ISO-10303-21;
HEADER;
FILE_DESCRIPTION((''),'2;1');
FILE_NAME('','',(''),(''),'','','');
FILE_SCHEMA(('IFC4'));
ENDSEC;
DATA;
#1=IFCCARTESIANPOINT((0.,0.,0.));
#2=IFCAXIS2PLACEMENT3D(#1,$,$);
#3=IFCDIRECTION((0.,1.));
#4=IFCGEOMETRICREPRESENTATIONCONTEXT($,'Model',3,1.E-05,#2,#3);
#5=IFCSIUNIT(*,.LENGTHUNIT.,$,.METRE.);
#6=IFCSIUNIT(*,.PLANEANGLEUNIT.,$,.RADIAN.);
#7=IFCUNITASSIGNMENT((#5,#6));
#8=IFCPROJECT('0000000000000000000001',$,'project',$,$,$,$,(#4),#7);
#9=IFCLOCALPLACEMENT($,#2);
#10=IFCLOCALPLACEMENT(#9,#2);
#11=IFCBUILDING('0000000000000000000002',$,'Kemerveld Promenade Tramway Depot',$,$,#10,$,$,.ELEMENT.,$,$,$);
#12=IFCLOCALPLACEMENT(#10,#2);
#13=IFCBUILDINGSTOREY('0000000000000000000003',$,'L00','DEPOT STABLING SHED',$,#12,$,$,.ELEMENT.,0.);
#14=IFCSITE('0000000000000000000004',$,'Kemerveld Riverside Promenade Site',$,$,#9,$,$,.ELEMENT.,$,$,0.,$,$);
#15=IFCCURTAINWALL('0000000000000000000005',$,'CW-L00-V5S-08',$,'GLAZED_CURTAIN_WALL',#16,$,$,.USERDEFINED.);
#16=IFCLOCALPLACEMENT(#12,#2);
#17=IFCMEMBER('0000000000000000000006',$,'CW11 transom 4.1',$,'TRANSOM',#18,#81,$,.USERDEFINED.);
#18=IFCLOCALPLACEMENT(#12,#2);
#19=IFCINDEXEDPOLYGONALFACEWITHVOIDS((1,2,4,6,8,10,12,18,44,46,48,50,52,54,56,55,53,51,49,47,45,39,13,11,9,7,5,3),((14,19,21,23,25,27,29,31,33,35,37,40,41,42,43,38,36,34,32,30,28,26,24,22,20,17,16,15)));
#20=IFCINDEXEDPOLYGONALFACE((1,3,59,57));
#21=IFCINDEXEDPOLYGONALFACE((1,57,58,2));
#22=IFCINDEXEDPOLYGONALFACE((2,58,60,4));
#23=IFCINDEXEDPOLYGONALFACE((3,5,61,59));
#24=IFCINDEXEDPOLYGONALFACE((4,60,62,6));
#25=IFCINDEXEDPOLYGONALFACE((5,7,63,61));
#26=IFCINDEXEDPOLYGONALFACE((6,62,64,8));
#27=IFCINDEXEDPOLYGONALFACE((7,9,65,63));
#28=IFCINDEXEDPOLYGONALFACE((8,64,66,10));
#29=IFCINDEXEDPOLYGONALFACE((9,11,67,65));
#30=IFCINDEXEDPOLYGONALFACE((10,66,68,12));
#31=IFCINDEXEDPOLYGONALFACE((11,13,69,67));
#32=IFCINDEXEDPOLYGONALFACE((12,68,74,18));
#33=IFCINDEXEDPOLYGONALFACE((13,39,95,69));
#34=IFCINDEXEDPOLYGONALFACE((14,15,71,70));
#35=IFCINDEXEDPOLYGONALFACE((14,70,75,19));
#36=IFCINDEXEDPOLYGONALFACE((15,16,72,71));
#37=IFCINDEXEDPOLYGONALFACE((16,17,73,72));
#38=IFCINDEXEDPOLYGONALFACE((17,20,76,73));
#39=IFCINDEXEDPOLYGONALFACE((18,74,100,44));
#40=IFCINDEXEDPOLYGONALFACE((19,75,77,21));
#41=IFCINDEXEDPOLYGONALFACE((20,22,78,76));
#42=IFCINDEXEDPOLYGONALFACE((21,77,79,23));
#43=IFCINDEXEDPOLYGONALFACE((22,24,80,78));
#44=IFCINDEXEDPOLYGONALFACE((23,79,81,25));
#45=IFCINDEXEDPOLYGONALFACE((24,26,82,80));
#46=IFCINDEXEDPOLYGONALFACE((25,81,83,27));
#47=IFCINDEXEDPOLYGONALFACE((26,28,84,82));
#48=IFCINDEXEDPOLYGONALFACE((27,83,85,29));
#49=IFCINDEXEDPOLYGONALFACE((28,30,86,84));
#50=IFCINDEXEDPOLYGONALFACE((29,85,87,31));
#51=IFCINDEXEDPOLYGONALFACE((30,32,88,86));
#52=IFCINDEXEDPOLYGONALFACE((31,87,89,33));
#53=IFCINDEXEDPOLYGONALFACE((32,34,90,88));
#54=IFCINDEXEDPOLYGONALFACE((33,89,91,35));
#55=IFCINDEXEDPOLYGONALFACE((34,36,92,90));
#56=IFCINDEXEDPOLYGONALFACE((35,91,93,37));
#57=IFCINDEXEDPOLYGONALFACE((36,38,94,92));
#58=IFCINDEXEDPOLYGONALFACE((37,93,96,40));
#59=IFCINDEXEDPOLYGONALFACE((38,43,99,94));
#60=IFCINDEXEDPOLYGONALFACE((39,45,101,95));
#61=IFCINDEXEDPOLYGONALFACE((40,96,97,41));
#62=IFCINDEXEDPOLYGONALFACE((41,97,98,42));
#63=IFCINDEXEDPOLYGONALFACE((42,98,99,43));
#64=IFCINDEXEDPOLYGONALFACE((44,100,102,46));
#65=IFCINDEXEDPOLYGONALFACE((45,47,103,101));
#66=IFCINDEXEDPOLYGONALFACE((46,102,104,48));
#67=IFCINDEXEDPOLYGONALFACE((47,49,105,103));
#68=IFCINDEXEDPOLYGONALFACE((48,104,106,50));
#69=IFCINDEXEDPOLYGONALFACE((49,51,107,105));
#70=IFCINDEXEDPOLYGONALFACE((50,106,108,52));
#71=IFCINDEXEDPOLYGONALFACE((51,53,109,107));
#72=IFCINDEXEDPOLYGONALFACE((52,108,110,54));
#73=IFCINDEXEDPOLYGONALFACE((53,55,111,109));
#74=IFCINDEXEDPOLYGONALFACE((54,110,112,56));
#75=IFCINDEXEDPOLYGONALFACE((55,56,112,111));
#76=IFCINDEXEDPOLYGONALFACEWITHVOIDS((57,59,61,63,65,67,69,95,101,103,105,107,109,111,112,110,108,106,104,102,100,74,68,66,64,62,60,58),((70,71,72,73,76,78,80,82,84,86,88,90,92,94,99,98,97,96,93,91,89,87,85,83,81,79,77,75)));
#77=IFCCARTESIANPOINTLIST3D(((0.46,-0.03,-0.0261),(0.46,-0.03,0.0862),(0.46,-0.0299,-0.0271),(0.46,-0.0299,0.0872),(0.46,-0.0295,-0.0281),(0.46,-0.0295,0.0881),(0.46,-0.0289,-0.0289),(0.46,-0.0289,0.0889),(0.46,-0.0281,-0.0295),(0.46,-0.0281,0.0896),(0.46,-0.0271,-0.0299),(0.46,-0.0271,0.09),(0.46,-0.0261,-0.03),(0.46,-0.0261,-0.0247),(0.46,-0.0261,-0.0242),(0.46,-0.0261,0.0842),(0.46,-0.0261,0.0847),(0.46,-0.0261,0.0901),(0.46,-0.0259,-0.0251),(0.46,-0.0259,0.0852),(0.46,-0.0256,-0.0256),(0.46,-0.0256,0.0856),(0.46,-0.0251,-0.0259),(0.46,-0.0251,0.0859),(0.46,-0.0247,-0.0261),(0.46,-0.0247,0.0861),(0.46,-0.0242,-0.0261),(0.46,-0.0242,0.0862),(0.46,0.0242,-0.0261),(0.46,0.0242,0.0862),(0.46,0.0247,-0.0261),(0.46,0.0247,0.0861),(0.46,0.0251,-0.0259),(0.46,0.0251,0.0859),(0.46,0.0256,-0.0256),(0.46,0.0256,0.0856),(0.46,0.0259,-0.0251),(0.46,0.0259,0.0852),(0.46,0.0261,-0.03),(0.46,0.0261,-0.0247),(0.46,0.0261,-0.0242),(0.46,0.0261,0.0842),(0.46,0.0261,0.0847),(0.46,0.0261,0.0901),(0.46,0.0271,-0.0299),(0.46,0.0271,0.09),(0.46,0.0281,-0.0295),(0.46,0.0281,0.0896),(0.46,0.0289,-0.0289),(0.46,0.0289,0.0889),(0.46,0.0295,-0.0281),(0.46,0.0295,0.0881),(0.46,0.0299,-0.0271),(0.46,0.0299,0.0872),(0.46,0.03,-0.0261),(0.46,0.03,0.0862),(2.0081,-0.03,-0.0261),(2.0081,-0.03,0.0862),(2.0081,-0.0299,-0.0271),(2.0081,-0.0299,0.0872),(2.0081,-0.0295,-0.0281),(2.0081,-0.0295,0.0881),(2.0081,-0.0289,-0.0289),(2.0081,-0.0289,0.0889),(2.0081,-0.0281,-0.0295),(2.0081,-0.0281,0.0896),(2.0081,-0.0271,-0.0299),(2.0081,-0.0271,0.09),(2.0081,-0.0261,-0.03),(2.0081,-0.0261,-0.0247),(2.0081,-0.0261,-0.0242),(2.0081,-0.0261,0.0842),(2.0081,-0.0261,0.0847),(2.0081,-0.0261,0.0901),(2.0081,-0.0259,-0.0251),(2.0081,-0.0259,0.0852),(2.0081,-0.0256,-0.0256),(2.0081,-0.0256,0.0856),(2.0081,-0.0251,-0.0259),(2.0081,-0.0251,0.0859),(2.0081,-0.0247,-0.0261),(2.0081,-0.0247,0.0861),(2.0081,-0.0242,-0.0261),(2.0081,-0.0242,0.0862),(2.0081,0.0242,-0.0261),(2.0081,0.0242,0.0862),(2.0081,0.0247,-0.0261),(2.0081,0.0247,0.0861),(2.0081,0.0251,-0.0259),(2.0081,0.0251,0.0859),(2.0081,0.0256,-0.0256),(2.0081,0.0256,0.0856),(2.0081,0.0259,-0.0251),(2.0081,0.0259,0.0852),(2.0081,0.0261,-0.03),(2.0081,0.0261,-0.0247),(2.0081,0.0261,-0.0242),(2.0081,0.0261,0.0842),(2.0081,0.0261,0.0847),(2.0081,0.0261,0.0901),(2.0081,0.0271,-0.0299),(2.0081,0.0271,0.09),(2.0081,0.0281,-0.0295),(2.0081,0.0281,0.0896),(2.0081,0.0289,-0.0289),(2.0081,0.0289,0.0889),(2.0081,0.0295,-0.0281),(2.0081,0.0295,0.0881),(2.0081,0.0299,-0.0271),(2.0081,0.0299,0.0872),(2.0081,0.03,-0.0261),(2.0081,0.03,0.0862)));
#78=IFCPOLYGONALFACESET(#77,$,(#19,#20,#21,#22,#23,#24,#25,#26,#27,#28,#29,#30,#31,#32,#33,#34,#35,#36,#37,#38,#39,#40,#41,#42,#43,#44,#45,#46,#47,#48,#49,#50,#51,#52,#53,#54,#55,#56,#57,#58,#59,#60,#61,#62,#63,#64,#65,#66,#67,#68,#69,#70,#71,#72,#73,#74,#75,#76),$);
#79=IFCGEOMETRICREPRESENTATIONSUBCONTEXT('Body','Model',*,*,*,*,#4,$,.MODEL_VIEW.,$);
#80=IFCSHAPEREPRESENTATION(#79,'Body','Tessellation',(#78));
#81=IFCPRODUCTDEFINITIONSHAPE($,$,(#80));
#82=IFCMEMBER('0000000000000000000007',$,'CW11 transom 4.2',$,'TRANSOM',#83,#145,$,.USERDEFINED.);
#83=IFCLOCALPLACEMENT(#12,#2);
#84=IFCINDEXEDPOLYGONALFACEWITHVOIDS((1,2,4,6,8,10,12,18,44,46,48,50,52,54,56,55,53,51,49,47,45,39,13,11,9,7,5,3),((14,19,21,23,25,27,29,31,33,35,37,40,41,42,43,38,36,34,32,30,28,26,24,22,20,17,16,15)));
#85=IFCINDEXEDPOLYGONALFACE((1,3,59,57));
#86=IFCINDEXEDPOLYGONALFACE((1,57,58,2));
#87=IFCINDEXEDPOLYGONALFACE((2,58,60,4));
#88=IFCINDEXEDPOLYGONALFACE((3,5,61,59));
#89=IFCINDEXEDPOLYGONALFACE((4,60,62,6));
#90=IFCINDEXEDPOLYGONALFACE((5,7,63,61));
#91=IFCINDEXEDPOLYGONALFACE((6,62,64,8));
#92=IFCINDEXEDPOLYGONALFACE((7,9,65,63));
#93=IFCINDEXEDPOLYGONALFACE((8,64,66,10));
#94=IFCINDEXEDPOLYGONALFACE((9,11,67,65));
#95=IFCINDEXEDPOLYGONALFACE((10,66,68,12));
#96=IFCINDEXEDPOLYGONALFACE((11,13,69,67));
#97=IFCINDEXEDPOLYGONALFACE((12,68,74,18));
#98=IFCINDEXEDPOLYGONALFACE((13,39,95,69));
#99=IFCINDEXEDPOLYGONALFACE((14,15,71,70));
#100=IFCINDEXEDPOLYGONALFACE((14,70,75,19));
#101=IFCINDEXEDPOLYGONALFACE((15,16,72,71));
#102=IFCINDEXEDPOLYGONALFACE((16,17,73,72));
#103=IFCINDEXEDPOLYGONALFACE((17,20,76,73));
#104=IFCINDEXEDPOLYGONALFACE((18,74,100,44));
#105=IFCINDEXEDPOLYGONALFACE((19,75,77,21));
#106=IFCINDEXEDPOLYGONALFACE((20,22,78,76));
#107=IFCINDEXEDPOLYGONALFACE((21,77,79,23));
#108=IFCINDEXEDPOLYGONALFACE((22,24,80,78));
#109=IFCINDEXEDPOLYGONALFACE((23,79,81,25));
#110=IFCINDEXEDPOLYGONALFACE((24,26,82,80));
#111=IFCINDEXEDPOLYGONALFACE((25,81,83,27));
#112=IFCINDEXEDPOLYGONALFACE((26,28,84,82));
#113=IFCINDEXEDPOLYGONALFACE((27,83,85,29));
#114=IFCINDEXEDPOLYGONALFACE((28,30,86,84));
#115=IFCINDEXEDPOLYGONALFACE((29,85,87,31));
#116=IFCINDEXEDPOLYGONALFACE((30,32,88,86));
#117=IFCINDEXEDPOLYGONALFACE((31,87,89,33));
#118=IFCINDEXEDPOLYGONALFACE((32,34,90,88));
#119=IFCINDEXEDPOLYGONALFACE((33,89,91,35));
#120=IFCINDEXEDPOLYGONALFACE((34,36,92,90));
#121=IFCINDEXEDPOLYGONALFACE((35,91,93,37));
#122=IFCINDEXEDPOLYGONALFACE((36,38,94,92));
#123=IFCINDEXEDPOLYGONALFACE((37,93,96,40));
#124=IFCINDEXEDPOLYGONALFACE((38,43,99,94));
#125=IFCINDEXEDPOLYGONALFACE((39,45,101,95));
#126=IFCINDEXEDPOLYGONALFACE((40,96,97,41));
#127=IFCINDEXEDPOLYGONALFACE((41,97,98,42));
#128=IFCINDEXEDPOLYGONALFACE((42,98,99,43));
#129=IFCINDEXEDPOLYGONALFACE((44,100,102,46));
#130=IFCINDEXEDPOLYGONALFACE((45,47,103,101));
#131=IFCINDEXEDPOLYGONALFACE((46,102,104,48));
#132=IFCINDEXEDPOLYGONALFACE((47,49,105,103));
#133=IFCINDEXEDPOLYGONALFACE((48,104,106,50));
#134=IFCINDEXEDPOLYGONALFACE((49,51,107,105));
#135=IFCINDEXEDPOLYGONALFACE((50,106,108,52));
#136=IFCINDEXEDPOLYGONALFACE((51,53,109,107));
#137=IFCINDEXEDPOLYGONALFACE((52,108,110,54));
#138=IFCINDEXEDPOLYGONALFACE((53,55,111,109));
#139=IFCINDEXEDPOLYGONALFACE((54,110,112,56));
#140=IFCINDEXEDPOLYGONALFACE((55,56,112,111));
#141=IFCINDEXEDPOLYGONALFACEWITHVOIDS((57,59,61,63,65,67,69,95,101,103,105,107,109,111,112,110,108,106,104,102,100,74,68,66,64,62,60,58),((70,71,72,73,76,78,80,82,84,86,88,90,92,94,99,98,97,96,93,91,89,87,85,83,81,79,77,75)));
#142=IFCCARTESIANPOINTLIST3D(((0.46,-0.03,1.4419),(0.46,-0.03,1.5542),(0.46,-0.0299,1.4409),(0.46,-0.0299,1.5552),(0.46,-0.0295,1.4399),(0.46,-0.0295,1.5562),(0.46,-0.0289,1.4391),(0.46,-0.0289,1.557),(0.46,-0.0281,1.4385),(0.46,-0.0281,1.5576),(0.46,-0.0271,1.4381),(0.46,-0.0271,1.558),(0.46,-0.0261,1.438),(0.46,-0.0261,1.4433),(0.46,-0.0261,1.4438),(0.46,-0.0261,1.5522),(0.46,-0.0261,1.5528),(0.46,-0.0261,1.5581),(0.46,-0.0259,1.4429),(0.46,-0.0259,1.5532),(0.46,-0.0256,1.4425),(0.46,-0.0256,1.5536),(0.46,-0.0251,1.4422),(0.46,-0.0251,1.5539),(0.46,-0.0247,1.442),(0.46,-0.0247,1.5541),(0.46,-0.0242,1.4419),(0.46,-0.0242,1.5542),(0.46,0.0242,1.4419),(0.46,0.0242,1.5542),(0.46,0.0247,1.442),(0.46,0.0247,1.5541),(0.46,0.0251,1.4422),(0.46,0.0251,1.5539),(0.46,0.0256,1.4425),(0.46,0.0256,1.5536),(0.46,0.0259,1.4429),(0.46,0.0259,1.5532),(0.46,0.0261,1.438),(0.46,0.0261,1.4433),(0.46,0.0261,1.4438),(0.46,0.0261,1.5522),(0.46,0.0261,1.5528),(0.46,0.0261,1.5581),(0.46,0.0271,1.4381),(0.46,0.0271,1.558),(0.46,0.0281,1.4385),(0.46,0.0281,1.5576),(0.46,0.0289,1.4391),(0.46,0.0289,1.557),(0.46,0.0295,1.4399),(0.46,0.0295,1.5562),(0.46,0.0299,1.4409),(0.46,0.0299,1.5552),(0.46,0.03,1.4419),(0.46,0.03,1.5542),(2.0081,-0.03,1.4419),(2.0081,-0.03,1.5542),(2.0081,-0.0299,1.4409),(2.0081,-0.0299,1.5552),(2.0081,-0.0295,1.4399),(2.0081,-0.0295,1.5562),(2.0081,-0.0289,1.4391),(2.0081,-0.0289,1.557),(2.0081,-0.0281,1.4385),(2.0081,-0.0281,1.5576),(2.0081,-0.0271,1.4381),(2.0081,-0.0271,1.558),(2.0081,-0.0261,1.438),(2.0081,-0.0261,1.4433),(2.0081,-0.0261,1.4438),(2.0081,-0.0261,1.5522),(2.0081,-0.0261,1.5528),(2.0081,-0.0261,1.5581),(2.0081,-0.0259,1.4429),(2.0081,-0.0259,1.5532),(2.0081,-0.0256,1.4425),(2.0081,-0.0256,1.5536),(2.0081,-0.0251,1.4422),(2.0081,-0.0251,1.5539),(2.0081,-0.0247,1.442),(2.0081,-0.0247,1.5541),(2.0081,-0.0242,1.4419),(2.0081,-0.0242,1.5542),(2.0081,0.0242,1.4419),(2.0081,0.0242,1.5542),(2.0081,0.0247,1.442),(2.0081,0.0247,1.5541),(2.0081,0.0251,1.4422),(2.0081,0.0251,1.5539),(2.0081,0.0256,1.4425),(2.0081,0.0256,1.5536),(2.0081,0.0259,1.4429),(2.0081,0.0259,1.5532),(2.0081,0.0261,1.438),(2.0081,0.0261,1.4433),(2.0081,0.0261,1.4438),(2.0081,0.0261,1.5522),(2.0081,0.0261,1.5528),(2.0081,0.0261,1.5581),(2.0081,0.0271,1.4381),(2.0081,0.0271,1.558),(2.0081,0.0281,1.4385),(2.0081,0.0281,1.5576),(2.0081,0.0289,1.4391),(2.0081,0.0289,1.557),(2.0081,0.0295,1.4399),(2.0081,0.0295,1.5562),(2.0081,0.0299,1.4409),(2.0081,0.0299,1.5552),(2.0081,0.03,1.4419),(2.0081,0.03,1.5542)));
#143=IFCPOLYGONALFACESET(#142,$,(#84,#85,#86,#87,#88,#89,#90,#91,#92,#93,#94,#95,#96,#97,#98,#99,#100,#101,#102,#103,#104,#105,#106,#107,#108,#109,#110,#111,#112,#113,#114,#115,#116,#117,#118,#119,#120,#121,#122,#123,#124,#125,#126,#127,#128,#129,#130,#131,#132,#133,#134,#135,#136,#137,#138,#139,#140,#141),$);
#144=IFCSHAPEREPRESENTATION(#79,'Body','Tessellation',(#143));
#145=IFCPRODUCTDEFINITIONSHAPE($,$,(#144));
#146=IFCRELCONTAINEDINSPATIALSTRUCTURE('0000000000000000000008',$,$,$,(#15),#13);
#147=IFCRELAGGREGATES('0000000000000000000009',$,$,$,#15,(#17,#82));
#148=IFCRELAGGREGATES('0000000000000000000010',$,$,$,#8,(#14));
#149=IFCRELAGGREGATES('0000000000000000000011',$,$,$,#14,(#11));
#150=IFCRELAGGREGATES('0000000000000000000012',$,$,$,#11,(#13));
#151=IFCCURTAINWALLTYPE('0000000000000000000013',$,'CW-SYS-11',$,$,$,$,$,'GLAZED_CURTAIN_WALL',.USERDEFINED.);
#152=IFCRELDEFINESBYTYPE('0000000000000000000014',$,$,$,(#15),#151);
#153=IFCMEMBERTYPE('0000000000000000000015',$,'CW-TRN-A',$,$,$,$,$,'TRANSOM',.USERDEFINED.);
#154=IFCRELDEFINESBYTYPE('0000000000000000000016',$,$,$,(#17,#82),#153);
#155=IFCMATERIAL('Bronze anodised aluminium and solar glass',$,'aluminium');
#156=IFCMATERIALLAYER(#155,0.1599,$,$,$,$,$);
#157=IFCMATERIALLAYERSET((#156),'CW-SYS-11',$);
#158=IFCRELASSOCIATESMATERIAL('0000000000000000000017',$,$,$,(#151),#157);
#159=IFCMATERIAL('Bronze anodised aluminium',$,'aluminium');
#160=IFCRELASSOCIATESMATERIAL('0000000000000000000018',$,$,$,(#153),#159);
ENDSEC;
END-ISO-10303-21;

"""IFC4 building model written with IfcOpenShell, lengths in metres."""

from ifc_helpers import new_model, si_unit, direction, frame, origin, origin_2d, place, context, subcontext, project, spatial, hollow_rectangle, extrude, material, layer, layer_set, material_profile, profile_set, type_object, element, aggregate, save


model = new_model("IFC4")

# Units and contexts
model_context = context("Model", 3, precision=1e-05, world=origin(), true_north=direction((0.0, 1.0)))
body_context = subcontext(model_context, "Body", "Model", "MODEL_VIEW")
ifc_project = project(units=[si_unit("LENGTHUNIT", "METRE"), si_unit("PLANEANGLEUNIT", "RADIAN")], contexts=[model_context])

# Site, building, storey
site_placement = place(None, origin())
site = spatial("IfcSite", under=ifc_project, at=site_placement, Name="Kemerveld Riverside Promenade Site", CompositionType="ELEMENT", RefElevation=0.0)
building_placement = place(site_placement, origin())
building = spatial("IfcBuilding", under=site, at=building_placement, Name="Kemerveld Promenade Tramway Depot", CompositionType="ELEMENT")
storey_placement = place(building_placement, origin())
storey = spatial("IfcBuildingStorey", under=building, at=storey_placement, Name="L00", Description="DEPOT STABLING SHED", CompositionType="ELEMENT", Elevation=0.0)

# Curtain wall, members
ifc_material_1 = material(Name="Bronze anodised aluminium and solar glass", Category="aluminium")
ifc_layer_1 = layer(ifc_material_1, 0.1599)
ifc_layer_set_1 = layer_set([ifc_layer_1], Name="CW-SYS-11")
curtain_wall_type = type_object("IfcCurtainWallType", Name="CW-SYS-11", ElementType="GLAZED_CURTAIN_WALL", PredefinedType="USERDEFINED", material=ifc_layer_set_1)
curtain_wall_placement = place(storey_placement, origin())
curtain_wall = element("IfcCurtainWall", 1, at=curtain_wall_placement, inside=storey, type_object=curtain_wall_type, Name="CW-L00-V5S-08", ObjectType="GLAZED_CURTAIN_WALL", PredefinedType="USERDEFINED")
ifc_material_2 = material(Name="Bronze anodised aluminium", Category="aluminium")
ifc_material_profile_1 = material_profile(ifc_material_2, hollow_rectangle(XDim=0.0601, YDim=0.1201, WallThickness=0.0039, InnerFilletRadius=0.002, OuterFilletRadius=0.0039, at=origin_2d()), Name="CW-TRN-120x60")
ifc_profile_set_1 = profile_set([ifc_material_profile_1], Name="Bronze anodised aluminium")
member_type_1 = type_object("IfcMemberType", Name="CW-TRN-A", ElementType="TRANSOM", PredefinedType="USERDEFINED", material=ifc_profile_set_1)
member_1_placement = place(storey_placement, frame((2.0081, 0.0, 0.03), z_axis=(-1.0, 0.0, 0.0), x_axis=(0.0, -1.0, 0.0)))
member_1 = element("IfcMember", 2, at=member_1_placement, type_object=member_type_1, Name="CW11 transom 4.1", ObjectType="TRANSOM", PredefinedType="USERDEFINED", context=body_context, shape_type="SweptSolid", body=[
    extrude(hollow_rectangle(XDim=0.0601, YDim=0.1201, WallThickness=0.0039, InnerFilletRadius=0.002, OuterFilletRadius=0.0039, at=origin_2d()), origin(), (0.0, 0.0, 1.0), 1.5481),
])
member_2_placement = place(storey_placement, frame((2.0081, 0.0, 1.498), z_axis=(-1.0, 0.0, 0.0), x_axis=(0.0, -1.0, 0.0)))
member_2 = element("IfcMember", 3, at=member_2_placement, type_object=member_type_1, Name="CW11 transom 4.2", ObjectType="TRANSOM", PredefinedType="USERDEFINED", context=body_context, shape_type="SweptSolid", body=[
    extrude(hollow_rectangle(XDim=0.0601, YDim=0.1201, WallThickness=0.0039, InnerFilletRadius=0.002, OuterFilletRadius=0.0039, at=origin_2d()), origin(), (0.0, 0.0, 1.0), 1.5481),
])
aggregate(curtain_wall, [member_1, member_2])

save(model, "model.ifc")
